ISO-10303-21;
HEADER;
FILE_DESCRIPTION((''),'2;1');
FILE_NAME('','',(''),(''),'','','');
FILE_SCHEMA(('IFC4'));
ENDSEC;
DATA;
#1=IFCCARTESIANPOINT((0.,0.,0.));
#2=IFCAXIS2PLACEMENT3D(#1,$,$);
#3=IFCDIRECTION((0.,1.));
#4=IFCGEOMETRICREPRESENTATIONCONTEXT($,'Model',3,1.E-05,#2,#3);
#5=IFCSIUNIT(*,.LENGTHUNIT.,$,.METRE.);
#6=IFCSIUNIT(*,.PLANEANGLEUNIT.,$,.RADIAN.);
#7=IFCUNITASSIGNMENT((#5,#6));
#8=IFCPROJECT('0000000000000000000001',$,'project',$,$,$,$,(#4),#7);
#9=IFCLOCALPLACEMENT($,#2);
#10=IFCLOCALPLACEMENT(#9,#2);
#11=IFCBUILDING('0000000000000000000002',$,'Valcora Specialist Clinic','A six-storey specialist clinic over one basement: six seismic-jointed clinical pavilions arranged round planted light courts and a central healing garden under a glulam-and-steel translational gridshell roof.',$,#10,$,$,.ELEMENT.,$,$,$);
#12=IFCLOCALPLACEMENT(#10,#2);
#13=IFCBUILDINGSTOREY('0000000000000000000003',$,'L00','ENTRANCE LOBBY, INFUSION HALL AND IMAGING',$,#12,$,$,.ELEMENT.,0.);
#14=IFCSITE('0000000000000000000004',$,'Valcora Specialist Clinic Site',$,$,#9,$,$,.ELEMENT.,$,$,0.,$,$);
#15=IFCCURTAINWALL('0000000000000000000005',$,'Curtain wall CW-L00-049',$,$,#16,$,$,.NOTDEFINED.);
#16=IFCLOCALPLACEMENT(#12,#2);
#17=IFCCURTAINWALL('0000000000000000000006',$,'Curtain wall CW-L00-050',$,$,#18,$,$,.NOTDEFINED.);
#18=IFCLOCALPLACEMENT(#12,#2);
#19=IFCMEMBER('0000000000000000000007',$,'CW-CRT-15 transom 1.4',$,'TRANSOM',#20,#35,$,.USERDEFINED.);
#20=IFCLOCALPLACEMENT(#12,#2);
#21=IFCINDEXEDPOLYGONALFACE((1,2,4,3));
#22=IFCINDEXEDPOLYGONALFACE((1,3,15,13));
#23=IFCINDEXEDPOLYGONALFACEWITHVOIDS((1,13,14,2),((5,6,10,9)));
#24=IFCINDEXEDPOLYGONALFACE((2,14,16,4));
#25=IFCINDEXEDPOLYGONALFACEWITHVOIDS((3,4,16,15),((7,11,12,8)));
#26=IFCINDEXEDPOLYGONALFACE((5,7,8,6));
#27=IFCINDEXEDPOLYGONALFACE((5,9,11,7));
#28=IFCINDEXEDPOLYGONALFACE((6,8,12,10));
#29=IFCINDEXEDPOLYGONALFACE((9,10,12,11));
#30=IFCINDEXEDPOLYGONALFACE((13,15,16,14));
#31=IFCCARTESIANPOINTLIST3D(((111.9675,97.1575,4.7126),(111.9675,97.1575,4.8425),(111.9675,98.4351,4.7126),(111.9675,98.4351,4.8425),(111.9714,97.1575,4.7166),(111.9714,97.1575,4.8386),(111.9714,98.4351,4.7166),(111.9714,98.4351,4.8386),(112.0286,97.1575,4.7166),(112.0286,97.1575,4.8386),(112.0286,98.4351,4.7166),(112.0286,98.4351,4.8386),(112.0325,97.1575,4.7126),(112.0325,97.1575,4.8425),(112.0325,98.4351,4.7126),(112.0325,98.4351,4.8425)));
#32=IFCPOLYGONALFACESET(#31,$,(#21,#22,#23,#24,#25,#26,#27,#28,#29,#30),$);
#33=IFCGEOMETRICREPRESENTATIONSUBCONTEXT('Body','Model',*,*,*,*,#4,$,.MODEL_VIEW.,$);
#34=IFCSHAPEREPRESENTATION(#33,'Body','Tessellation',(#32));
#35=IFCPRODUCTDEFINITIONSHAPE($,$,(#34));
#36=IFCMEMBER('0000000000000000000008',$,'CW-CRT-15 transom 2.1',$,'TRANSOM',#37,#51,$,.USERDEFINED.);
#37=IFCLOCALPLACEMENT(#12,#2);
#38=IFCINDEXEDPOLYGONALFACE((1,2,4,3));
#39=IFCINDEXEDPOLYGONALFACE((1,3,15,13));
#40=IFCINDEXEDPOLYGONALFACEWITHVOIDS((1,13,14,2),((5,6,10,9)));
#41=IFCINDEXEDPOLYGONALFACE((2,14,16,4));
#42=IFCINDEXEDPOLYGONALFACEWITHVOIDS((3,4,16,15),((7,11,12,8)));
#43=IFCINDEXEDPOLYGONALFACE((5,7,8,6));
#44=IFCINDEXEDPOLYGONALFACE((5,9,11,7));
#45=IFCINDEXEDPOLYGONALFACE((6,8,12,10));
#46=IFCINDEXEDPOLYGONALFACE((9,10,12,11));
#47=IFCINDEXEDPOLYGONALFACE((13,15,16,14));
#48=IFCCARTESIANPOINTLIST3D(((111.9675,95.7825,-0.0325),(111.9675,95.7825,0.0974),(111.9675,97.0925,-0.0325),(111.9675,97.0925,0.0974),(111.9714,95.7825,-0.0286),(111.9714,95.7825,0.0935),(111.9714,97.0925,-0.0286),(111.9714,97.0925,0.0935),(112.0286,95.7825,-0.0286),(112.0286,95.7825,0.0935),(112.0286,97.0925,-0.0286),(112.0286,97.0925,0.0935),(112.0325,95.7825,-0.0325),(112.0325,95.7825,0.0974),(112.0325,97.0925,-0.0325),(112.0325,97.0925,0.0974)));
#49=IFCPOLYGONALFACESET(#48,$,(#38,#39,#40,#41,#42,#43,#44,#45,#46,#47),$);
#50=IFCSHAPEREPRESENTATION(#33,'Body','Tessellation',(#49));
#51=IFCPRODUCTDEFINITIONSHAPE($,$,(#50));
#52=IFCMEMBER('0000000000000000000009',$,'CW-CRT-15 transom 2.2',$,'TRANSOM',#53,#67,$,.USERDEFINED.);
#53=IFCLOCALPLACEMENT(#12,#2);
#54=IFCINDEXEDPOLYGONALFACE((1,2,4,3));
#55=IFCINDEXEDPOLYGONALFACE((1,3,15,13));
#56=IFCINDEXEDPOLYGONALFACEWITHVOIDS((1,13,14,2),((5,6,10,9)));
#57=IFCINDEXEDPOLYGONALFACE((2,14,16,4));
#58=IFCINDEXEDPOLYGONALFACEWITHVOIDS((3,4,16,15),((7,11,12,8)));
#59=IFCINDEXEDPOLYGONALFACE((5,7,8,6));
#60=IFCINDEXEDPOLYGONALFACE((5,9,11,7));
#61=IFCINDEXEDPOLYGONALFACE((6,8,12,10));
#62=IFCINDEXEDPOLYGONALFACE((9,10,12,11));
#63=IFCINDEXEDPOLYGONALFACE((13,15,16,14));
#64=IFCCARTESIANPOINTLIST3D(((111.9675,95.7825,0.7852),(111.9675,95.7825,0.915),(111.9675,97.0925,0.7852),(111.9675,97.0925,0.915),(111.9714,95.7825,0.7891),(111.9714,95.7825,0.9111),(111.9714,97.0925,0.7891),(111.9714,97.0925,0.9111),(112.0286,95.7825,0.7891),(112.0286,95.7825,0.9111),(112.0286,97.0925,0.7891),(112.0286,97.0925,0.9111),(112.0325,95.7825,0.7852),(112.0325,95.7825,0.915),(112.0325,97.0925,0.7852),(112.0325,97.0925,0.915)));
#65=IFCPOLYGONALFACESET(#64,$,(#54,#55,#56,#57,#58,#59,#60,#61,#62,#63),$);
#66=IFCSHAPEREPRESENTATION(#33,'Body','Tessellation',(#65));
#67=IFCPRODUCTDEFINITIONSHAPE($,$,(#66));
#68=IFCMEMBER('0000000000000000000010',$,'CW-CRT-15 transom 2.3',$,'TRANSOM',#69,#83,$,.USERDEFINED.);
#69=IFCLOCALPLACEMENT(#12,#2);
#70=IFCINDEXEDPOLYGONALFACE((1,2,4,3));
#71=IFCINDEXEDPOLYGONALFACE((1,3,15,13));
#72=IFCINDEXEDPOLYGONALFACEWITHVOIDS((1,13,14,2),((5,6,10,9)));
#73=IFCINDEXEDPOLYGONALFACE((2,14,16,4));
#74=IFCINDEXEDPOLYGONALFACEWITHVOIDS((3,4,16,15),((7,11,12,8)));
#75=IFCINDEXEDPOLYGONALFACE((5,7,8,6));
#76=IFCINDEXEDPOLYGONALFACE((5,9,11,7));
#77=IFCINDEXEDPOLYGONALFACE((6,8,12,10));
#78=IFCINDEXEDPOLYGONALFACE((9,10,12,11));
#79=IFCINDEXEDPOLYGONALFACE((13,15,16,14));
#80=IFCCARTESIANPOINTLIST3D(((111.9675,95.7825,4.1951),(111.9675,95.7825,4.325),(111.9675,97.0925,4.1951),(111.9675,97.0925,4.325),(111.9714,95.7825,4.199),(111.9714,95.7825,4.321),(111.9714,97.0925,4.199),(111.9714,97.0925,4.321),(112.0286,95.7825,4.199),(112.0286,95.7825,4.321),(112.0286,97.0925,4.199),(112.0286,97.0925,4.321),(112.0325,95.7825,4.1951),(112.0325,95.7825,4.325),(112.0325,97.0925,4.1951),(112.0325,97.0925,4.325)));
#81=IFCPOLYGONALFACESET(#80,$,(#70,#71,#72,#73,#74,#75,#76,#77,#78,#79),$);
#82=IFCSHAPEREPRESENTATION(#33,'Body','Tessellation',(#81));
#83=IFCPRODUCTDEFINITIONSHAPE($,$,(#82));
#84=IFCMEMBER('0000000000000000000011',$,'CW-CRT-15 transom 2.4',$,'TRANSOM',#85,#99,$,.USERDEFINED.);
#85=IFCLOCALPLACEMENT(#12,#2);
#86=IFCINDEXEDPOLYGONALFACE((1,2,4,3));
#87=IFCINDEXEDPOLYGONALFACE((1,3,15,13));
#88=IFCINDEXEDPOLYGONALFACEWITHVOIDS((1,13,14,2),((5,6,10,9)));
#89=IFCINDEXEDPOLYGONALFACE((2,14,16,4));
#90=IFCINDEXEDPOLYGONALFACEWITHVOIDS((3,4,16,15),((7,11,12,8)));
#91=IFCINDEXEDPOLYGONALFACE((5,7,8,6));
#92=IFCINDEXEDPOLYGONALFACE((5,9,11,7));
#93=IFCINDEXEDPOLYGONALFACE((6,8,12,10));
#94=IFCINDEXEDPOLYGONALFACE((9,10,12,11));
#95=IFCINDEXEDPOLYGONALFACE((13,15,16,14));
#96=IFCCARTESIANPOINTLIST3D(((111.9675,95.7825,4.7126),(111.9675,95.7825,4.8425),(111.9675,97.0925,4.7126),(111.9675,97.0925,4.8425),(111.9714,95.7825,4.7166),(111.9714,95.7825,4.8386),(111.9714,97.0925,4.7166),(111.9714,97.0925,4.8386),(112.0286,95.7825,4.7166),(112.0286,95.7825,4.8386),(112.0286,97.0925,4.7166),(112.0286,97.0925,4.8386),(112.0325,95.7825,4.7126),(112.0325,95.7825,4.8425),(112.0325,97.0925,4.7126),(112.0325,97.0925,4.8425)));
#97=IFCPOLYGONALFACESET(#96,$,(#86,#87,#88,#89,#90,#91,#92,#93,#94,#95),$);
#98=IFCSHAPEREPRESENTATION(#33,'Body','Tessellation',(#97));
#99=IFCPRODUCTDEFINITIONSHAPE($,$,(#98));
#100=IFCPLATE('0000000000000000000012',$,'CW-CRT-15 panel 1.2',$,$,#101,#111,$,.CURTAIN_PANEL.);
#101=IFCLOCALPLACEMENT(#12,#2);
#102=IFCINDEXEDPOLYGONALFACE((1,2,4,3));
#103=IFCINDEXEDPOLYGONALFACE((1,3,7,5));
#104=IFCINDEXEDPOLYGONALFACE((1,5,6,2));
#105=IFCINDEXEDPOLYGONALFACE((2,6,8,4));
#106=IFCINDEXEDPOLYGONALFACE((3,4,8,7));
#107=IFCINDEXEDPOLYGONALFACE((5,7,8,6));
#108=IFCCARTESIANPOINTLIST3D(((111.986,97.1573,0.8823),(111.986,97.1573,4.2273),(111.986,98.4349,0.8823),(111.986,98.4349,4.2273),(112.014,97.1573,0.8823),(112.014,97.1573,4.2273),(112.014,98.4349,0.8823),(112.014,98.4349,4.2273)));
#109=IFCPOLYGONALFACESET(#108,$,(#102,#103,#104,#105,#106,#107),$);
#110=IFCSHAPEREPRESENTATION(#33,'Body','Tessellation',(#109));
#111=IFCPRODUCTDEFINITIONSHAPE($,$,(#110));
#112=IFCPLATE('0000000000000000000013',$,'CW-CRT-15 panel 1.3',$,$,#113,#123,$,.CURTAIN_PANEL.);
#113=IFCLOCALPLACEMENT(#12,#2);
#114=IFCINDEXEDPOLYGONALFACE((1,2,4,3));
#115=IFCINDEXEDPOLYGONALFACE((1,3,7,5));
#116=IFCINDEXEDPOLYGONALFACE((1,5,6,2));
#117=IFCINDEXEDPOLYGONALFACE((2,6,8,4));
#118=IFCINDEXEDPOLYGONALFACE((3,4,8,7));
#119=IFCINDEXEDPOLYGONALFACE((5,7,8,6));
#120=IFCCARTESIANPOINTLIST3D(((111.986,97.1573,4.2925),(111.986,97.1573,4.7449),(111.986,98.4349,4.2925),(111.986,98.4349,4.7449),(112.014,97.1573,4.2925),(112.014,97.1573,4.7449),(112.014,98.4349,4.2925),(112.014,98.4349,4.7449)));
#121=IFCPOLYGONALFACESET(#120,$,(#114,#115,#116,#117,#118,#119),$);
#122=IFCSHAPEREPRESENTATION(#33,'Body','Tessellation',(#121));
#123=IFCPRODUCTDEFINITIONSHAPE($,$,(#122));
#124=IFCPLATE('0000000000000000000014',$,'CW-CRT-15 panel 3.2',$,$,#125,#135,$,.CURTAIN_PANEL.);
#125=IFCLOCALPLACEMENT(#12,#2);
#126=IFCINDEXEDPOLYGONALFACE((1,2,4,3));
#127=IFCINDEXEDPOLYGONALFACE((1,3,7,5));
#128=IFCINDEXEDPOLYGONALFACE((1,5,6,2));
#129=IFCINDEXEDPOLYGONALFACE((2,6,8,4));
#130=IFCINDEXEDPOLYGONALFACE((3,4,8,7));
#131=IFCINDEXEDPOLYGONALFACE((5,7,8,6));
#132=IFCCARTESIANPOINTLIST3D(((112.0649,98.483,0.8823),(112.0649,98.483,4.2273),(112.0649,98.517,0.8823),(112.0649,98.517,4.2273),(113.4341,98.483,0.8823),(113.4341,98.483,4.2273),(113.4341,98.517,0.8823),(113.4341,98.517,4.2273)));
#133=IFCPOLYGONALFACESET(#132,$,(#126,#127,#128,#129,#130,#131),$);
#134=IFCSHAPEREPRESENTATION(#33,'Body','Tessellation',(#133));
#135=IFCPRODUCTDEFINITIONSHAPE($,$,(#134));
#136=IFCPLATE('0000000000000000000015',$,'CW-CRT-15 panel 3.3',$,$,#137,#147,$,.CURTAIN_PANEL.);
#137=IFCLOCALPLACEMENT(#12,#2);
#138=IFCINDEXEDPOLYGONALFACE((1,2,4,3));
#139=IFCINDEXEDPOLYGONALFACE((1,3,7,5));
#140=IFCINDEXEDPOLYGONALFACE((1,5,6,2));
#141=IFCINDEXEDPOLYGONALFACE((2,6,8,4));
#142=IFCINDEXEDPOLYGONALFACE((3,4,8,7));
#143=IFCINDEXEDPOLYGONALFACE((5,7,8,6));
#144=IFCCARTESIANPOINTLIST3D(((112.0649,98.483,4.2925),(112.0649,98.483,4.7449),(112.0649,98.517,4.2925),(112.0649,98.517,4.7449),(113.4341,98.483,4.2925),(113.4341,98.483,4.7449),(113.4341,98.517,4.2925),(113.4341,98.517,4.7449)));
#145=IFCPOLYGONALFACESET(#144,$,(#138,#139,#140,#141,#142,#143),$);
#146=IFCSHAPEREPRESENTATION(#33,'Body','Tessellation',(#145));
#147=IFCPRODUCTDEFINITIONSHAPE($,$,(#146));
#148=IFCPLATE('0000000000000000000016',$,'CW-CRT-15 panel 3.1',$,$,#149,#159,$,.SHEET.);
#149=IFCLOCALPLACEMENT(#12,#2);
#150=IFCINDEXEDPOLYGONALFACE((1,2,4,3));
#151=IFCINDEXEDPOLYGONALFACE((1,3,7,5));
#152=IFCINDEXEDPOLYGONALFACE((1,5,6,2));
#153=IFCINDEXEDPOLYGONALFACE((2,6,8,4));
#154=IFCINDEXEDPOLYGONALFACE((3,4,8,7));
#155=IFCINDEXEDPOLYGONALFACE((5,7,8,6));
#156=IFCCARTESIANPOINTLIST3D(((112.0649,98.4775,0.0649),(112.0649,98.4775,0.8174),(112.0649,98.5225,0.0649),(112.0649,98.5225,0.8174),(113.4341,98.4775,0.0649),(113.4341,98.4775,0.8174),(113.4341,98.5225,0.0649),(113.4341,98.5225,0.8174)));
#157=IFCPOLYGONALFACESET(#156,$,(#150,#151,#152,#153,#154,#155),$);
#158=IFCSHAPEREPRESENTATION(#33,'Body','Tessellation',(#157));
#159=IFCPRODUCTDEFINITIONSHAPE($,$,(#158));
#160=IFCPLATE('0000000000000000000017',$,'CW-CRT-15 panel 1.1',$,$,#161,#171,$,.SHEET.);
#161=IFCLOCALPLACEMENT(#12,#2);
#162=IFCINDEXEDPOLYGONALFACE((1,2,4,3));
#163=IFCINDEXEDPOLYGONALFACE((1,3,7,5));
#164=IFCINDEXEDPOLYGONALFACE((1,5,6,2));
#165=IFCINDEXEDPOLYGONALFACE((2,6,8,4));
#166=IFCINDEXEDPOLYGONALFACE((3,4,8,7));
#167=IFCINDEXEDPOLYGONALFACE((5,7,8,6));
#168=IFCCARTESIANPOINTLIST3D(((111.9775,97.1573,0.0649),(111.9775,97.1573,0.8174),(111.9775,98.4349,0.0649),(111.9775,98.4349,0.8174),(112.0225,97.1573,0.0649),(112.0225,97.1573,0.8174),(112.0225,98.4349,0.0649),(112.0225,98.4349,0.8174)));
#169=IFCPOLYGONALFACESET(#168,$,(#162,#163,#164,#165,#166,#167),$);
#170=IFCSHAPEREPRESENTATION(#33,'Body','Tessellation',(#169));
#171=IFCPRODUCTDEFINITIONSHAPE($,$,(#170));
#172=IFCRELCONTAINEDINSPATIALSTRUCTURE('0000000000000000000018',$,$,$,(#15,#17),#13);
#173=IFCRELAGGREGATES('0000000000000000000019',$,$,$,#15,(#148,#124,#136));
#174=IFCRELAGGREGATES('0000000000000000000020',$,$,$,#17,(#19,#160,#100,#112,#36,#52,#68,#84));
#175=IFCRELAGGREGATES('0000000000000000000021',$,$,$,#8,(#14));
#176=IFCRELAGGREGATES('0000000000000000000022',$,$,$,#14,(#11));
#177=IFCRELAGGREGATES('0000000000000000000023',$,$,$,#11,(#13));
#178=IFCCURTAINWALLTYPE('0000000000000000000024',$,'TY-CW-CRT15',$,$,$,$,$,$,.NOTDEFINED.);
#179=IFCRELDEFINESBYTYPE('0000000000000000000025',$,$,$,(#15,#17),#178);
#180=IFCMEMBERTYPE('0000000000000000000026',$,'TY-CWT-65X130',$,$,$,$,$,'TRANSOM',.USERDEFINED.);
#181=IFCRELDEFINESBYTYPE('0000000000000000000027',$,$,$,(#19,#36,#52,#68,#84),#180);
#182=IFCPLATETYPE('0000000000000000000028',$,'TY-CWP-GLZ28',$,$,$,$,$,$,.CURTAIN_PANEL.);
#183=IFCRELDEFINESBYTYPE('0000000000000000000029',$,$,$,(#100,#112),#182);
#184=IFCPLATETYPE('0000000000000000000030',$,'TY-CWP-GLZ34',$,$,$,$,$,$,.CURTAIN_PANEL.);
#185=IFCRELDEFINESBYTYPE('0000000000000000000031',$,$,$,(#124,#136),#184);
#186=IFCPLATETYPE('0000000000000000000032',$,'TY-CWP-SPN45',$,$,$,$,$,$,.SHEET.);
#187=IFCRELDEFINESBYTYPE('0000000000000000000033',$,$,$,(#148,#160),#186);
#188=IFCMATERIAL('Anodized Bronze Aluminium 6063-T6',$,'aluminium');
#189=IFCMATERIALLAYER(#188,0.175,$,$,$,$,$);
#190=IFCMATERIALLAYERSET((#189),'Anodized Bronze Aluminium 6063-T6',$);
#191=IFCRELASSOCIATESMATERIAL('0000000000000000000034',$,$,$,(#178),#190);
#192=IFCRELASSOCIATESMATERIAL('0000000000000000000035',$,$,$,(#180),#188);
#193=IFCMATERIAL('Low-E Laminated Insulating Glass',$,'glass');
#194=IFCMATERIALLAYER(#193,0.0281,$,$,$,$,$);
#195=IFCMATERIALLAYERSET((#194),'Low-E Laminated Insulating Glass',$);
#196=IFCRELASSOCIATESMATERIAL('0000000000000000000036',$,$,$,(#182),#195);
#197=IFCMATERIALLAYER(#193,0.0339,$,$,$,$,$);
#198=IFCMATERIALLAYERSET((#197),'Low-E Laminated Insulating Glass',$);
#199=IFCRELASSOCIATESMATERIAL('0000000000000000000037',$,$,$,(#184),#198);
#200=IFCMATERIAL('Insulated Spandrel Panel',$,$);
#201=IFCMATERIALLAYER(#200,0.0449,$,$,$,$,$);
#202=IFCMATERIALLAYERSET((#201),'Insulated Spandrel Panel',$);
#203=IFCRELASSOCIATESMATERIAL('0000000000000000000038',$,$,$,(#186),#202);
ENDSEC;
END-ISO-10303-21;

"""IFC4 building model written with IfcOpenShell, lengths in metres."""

from ifc_helpers import new_model, si_unit, direction, frame, origin, origin_2d, place, context, subcontext, project, spatial, rectangle, hollow_rectangle, extrude, material, layer, layer_set, material_profile, profile_set, type_object, element, aggregate, save


model = new_model("IFC4")

# Units and contexts
model_context = context("Model", 3, precision=1e-05, world=origin(), true_north=direction((0.0, 1.0)))
body_context = subcontext(model_context, "Body", "Model", "MODEL_VIEW")
ifc_project = project(units=[si_unit("LENGTHUNIT", "METRE"), si_unit("PLANEANGLEUNIT", "RADIAN")], contexts=[model_context])

# Site, building, storey
site_placement = place(None, origin())
site = spatial("IfcSite", under=ifc_project, at=site_placement, Name="Valcora Specialist Clinic Site", CompositionType="ELEMENT", RefElevation=0.0)
building_placement = place(site_placement, origin())
building = spatial("IfcBuilding", under=site, at=building_placement, Name="Valcora Specialist Clinic", Description="A six-storey specialist clinic over one basement: six seismic-jointed clinical pavilions arranged round planted light courts and a central healing garden under a glulam-and-steel translational gridshell roof.", CompositionType="ELEMENT")
storey_placement = place(building_placement, origin())
storey = spatial("IfcBuildingStorey", under=building, at=storey_placement, Name="L00", Description="ENTRANCE LOBBY, INFUSION HALL AND IMAGING", CompositionType="ELEMENT", Elevation=0.0)

# Curtain walls
ifc_material_1 = material(Name="Anodized Bronze Aluminium 6063-T6", Category="aluminium")
ifc_layer_1 = layer(ifc_material_1, 0.175)
ifc_layer_set_1 = layer_set([ifc_layer_1], Name="Anodized Bronze Aluminium 6063-T6")
curtain_wall_type = type_object("IfcCurtainWallType", Name="TY-CW-CRT15", PredefinedType="NOTDEFINED", material=ifc_layer_set_1)
curtain_wall_1_placement = place(storey_placement, origin())
curtain_wall_1 = element("IfcCurtainWall", 1, at=curtain_wall_1_placement, inside=storey, type_object=curtain_wall_type, Name="Curtain wall CW-L00-049", PredefinedType="NOTDEFINED")
curtain_wall_2_placement = place(storey_placement, origin())
curtain_wall_2 = element("IfcCurtainWall", 2, at=curtain_wall_2_placement, inside=storey, type_object=curtain_wall_type, Name="Curtain wall CW-L00-050", PredefinedType="NOTDEFINED")

# Members
ifc_material_profile_1 = material_profile(ifc_material_1, hollow_rectangle(XDim=0.0649, YDim=0.1299, WallThickness=0.0039, at=origin_2d()), Name="AL-TRN-65X130")
ifc_profile_set_1 = profile_set([ifc_material_profile_1], Name="Anodized Bronze Aluminium 6063-T6")
member_type_1 = type_object("IfcMemberType", Name="TY-CWT-65X130", ElementType="TRANSOM", PredefinedType="USERDEFINED", material=ifc_profile_set_1)
member_1_placement = place(storey_placement, frame((112.0, 98.4351, 4.7776), z_axis=(0.0, -1.0, 0.0), x_axis=(1.0, 0.0, 0.0)))
member_1 = element("IfcMember", 3, at=member_1_placement, type_object=member_type_1, Name="CW-CRT-15 transom 1.4", ObjectType="TRANSOM", PredefinedType="USERDEFINED", context=body_context, shape_type="SweptSolid", body=[
    extrude(hollow_rectangle(XDim=0.0649, YDim=0.1299, WallThickness=0.0039, at=origin_2d()), origin(), (0.0, 0.0, 1.0), 1.2776),
])
member_2_placement = place(storey_placement, frame((112.0, 97.0925, 0.0325), z_axis=(0.0, -1.0, 0.0), x_axis=(1.0, 0.0, 0.0)))
member_2 = element("IfcMember", 4, at=member_2_placement, type_object=member_type_1, Name="CW-CRT-15 transom 2.1", ObjectType="TRANSOM", PredefinedType="USERDEFINED", context=body_context, shape_type="SweptSolid", body=[
    extrude(hollow_rectangle(XDim=0.0649, YDim=0.1299, WallThickness=0.0039, at=origin_2d()), origin(), (0.0, 0.0, 1.0), 1.3101),
])
member_3_placement = place(storey_placement, frame((112.0, 97.0925, 0.8501), z_axis=(0.0, -1.0, 0.0), x_axis=(1.0, 0.0, 0.0)))
member_3 = element("IfcMember", 5, at=member_3_placement, type_object=member_type_1, Name="CW-CRT-15 transom 2.2", ObjectType="TRANSOM", PredefinedType="USERDEFINED", context=body_context, shape_type="SweptSolid", body=[
    extrude(hollow_rectangle(XDim=0.0649, YDim=0.1299, WallThickness=0.0039, at=origin_2d()), origin(), (0.0, 0.0, 1.0), 1.3101),
])
member_4_placement = place(storey_placement, frame((112.0, 97.0925, 4.26), z_axis=(0.0, -1.0, 0.0), x_axis=(1.0, 0.0, 0.0)))
member_4 = element("IfcMember", 6, at=member_4_placement, type_object=member_type_1, Name="CW-CRT-15 transom 2.3", ObjectType="TRANSOM", PredefinedType="USERDEFINED", context=body_context, shape_type="SweptSolid", body=[
    extrude(hollow_rectangle(XDim=0.0649, YDim=0.1299, WallThickness=0.0039, at=origin_2d()), origin(), (0.0, 0.0, 1.0), 1.3101),
])
member_5_placement = place(storey_placement, frame((112.0, 97.0925, 4.7776), z_axis=(0.0, -1.0, 0.0), x_axis=(1.0, 0.0, 0.0)))
member_5 = element("IfcMember", 7, at=member_5_placement, type_object=member_type_1, Name="CW-CRT-15 transom 2.4", ObjectType="TRANSOM", PredefinedType="USERDEFINED", context=body_context, shape_type="SweptSolid", body=[
    extrude(hollow_rectangle(XDim=0.0649, YDim=0.1299, WallThickness=0.0039, at=origin_2d()), origin(), (0.0, 0.0, 1.0), 1.3101),
])

# Plates
ifc_material_2 = material(Name="Low-E Laminated Insulating Glass", Category="glass")
ifc_layer_2 = layer(ifc_material_2, 0.0281)
ifc_layer_set_2 = layer_set([ifc_layer_2], Name="Low-E Laminated Insulating Glass")
plate_type_1 = type_object("IfcPlateType", Name="TY-CWP-GLZ28", PredefinedType="CURTAIN_PANEL", material=ifc_layer_set_2)
plate_1_placement = place(storey_placement, frame((112.0, 97.7961, 0.8823), z_axis=(0.0, 0.0, 1.0), x_axis=(0.0, -1.0, 0.0)))
plate_1 = element("IfcPlate", 8, at=plate_1_placement, type_object=plate_type_1, Name="CW-CRT-15 panel 1.2", PredefinedType="CURTAIN_PANEL", context=body_context, shape_type="SweptSolid", body=[
    extrude(rectangle(XDim=1.2776, YDim=0.0281, at=origin_2d()), origin(), (0.0, 0.0, 1.0), 3.345),
])
plate_2_placement = place(storey_placement, frame((112.0, 97.7961, 4.2925), z_axis=(0.0, 0.0, 1.0), x_axis=(0.0, -1.0, 0.0)))
plate_2 = element("IfcPlate", 9, at=plate_2_placement, type_object=plate_type_1, Name="CW-CRT-15 panel 1.3", PredefinedType="CURTAIN_PANEL", context=body_context, shape_type="SweptSolid", body=[
    extrude(rectangle(XDim=1.2776, YDim=0.0281, at=origin_2d()), origin(), (0.0, 0.0, 1.0), 0.4524),
])
ifc_layer_3 = layer(ifc_material_2, 0.0339)
ifc_layer_set_3 = layer_set([ifc_layer_3], Name="Low-E Laminated Insulating Glass")
plate_type_2 = type_object("IfcPlateType", Name="TY-CWP-GLZ34", PredefinedType="CURTAIN_PANEL", material=ifc_layer_set_3)
plate_3_placement = place(storey_placement, frame((112.7495, 98.5, 0.8823), z_axis=(0.0, 0.0, 1.0), x_axis=(-1.0, 0.0, 0.0)))
plate_3 = element("IfcPlate", 10, at=plate_3_placement, type_object=plate_type_2, Name="CW-CRT-15 panel 3.2", PredefinedType="CURTAIN_PANEL", context=body_context, shape_type="SweptSolid", body=[
    extrude(rectangle(XDim=1.3691, YDim=0.0339, at=origin_2d()), origin(), (0.0, 0.0, 1.0), 3.345),
])
plate_4_placement = place(storey_placement, frame((112.7495, 98.5, 4.2925), z_axis=(0.0, 0.0, 1.0), x_axis=(-1.0, 0.0, 0.0)))
plate_4 = element("IfcPlate", 11, at=plate_4_placement, type_object=plate_type_2, Name="CW-CRT-15 panel 3.3", PredefinedType="CURTAIN_PANEL", context=body_context, shape_type="SweptSolid", body=[
    extrude(rectangle(XDim=1.3691, YDim=0.0339, at=origin_2d()), origin(), (0.0, 0.0, 1.0), 0.4524),
])
ifc_material_3 = material(Name="Insulated Spandrel Panel")
ifc_layer_4 = layer(ifc_material_3, 0.0449)
ifc_layer_set_4 = layer_set([ifc_layer_4], Name="Insulated Spandrel Panel")
plate_type_3 = type_object("IfcPlateType", Name="TY-CWP-SPN45", PredefinedType="SHEET", material=ifc_layer_set_4)
plate_5_placement = place(storey_placement, frame((112.7495, 98.5, 0.0649), z_axis=(0.0, 0.0, 1.0), x_axis=(-1.0, 0.0, 0.0)))
plate_5 = element("IfcPlate", 12, at=plate_5_placement, type_object=plate_type_3, Name="CW-CRT-15 panel 3.1", PredefinedType="SHEET", context=body_context, shape_type="SweptSolid", body=[
    extrude(rectangle(XDim=1.3691, YDim=0.0449, at=origin_2d()), origin(), (0.0, 0.0, 1.0), 0.7524),
])
aggregate(curtain_wall_1, [plate_5, plate_3, plate_4])
plate_6_placement = place(storey_placement, frame((112.0, 97.7961, 0.0649), z_axis=(0.0, 0.0, 1.0), x_axis=(0.0, -1.0, 0.0)))
plate_6 = element("IfcPlate", 13, at=plate_6_placement, type_object=plate_type_3, Name="CW-CRT-15 panel 1.1", PredefinedType="SHEET", context=body_context, shape_type="SweptSolid", body=[
    extrude(rectangle(XDim=1.2776, YDim=0.0449, at=origin_2d()), origin(), (0.0, 0.0, 1.0), 0.7524),
])
aggregate(curtain_wall_2, [member_1, plate_6, plate_1, plate_2, member_2, member_3, member_4, member_5])

save(model, "model.ifc")
